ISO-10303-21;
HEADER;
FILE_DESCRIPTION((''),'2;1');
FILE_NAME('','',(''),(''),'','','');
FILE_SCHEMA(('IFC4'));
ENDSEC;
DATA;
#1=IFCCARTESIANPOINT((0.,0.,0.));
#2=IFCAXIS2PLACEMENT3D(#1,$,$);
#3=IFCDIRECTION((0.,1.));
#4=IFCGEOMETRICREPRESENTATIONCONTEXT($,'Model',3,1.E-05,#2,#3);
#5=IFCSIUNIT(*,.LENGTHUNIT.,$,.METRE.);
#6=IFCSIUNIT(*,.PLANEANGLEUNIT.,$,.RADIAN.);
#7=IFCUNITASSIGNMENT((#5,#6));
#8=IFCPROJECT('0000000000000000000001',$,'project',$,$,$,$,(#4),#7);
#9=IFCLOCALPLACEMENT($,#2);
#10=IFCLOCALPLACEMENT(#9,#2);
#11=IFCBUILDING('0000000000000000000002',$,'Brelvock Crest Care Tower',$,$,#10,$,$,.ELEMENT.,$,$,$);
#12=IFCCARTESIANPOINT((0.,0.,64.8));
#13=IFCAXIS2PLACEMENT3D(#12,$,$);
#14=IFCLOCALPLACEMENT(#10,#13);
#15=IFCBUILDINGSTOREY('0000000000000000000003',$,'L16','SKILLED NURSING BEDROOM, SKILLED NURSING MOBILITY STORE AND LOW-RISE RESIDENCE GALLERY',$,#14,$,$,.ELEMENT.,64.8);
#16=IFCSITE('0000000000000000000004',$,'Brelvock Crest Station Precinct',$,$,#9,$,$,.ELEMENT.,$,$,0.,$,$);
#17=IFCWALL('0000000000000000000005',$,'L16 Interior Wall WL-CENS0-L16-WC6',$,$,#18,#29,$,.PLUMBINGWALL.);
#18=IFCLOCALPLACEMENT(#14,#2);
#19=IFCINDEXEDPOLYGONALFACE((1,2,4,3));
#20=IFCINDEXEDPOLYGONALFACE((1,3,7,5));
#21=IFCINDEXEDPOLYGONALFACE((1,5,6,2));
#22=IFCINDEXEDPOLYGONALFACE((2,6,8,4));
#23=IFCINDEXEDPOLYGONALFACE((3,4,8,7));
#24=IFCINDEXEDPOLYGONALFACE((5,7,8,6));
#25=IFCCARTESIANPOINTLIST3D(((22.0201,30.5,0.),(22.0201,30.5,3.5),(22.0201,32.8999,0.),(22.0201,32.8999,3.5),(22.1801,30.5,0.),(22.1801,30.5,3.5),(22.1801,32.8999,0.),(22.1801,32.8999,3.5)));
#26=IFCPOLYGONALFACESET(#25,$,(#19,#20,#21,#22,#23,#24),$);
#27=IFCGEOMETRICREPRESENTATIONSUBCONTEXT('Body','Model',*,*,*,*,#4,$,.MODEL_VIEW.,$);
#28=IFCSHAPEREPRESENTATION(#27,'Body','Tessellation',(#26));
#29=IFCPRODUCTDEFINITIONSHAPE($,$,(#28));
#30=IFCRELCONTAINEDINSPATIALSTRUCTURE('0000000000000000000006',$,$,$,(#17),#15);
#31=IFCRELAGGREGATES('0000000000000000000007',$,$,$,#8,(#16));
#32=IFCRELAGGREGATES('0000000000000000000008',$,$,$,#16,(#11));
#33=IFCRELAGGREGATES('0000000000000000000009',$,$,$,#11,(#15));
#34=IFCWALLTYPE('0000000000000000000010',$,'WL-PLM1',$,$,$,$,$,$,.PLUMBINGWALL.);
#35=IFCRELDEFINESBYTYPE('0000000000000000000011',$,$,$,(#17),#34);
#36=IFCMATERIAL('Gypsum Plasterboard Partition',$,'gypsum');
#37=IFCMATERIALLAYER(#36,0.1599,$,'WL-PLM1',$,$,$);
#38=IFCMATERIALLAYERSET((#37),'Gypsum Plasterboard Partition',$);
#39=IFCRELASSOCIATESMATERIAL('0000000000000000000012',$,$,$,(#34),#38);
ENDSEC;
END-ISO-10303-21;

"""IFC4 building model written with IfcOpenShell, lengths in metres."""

from ifc_helpers import new_model, si_unit, direction, frame, frame_2d, origin, place, context, subcontext, project, spatial, rectangle, extrude, material, layer, layer_set, type_object, element, save


model = new_model("IFC4")

# Units and contexts
model_context = context("Model", 3, precision=1e-05, world=origin(), true_north=direction((0.0, 1.0)))
body_context = subcontext(model_context, "Body", "Model", "MODEL_VIEW")
ifc_project = project(units=[si_unit("LENGTHUNIT", "METRE"), si_unit("PLANEANGLEUNIT", "RADIAN")], contexts=[model_context])

# Site, building, storey
site_placement = place(None, origin())
site = spatial("IfcSite", under=ifc_project, at=site_placement, Name="Brelvock Crest Station Precinct", CompositionType="ELEMENT", RefElevation=0.0)
building_placement = place(site_placement, origin())
building = spatial("IfcBuilding", under=site, at=building_placement, Name="Brelvock Crest Care Tower", CompositionType="ELEMENT")
storey_placement = place(building_placement, frame((0.0, 0.0, 64.8)))
storey = spatial("IfcBuildingStorey", under=building, at=storey_placement, Name="L16", Description="SKILLED NURSING BEDROOM, SKILLED NURSING MOBILITY STORE AND LOW-RISE RESIDENCE GALLERY", CompositionType="ELEMENT", Elevation=64.8)

# Wall
ifc_material_1 = material(Name="Gypsum Plasterboard Partition", Category="gypsum")
ifc_layer_1 = layer(ifc_material_1, 0.1599, Name="WL-PLM1")
ifc_layer_set_1 = layer_set([ifc_layer_1], Name="Gypsum Plasterboard Partition")
wall_type_1 = type_object("IfcWallType", Name="WL-PLM1", PredefinedType="PLUMBINGWALL", material=ifc_layer_set_1)
wall_1_placement = place(storey_placement, frame((22.1001, 30.5, 0.0), z_axis=(0.0, 0.0, 1.0), x_axis=(0.0, 1.0, 0.0)))
element("IfcWall", 1, at=wall_1_placement, inside=storey, type_object=wall_type_1, Name="L16 Interior Wall WL-CENS0-L16-WC6", PredefinedType="PLUMBINGWALL", context=body_context, shape_type="SweptSolid", body=[
    extrude(rectangle(XDim=2.3999, YDim=0.1599, at=frame_2d((1.2, 0.0))), origin(), (0.0, 0.0, 1.0), 3.5),
])

save(model, "model.ifc")
